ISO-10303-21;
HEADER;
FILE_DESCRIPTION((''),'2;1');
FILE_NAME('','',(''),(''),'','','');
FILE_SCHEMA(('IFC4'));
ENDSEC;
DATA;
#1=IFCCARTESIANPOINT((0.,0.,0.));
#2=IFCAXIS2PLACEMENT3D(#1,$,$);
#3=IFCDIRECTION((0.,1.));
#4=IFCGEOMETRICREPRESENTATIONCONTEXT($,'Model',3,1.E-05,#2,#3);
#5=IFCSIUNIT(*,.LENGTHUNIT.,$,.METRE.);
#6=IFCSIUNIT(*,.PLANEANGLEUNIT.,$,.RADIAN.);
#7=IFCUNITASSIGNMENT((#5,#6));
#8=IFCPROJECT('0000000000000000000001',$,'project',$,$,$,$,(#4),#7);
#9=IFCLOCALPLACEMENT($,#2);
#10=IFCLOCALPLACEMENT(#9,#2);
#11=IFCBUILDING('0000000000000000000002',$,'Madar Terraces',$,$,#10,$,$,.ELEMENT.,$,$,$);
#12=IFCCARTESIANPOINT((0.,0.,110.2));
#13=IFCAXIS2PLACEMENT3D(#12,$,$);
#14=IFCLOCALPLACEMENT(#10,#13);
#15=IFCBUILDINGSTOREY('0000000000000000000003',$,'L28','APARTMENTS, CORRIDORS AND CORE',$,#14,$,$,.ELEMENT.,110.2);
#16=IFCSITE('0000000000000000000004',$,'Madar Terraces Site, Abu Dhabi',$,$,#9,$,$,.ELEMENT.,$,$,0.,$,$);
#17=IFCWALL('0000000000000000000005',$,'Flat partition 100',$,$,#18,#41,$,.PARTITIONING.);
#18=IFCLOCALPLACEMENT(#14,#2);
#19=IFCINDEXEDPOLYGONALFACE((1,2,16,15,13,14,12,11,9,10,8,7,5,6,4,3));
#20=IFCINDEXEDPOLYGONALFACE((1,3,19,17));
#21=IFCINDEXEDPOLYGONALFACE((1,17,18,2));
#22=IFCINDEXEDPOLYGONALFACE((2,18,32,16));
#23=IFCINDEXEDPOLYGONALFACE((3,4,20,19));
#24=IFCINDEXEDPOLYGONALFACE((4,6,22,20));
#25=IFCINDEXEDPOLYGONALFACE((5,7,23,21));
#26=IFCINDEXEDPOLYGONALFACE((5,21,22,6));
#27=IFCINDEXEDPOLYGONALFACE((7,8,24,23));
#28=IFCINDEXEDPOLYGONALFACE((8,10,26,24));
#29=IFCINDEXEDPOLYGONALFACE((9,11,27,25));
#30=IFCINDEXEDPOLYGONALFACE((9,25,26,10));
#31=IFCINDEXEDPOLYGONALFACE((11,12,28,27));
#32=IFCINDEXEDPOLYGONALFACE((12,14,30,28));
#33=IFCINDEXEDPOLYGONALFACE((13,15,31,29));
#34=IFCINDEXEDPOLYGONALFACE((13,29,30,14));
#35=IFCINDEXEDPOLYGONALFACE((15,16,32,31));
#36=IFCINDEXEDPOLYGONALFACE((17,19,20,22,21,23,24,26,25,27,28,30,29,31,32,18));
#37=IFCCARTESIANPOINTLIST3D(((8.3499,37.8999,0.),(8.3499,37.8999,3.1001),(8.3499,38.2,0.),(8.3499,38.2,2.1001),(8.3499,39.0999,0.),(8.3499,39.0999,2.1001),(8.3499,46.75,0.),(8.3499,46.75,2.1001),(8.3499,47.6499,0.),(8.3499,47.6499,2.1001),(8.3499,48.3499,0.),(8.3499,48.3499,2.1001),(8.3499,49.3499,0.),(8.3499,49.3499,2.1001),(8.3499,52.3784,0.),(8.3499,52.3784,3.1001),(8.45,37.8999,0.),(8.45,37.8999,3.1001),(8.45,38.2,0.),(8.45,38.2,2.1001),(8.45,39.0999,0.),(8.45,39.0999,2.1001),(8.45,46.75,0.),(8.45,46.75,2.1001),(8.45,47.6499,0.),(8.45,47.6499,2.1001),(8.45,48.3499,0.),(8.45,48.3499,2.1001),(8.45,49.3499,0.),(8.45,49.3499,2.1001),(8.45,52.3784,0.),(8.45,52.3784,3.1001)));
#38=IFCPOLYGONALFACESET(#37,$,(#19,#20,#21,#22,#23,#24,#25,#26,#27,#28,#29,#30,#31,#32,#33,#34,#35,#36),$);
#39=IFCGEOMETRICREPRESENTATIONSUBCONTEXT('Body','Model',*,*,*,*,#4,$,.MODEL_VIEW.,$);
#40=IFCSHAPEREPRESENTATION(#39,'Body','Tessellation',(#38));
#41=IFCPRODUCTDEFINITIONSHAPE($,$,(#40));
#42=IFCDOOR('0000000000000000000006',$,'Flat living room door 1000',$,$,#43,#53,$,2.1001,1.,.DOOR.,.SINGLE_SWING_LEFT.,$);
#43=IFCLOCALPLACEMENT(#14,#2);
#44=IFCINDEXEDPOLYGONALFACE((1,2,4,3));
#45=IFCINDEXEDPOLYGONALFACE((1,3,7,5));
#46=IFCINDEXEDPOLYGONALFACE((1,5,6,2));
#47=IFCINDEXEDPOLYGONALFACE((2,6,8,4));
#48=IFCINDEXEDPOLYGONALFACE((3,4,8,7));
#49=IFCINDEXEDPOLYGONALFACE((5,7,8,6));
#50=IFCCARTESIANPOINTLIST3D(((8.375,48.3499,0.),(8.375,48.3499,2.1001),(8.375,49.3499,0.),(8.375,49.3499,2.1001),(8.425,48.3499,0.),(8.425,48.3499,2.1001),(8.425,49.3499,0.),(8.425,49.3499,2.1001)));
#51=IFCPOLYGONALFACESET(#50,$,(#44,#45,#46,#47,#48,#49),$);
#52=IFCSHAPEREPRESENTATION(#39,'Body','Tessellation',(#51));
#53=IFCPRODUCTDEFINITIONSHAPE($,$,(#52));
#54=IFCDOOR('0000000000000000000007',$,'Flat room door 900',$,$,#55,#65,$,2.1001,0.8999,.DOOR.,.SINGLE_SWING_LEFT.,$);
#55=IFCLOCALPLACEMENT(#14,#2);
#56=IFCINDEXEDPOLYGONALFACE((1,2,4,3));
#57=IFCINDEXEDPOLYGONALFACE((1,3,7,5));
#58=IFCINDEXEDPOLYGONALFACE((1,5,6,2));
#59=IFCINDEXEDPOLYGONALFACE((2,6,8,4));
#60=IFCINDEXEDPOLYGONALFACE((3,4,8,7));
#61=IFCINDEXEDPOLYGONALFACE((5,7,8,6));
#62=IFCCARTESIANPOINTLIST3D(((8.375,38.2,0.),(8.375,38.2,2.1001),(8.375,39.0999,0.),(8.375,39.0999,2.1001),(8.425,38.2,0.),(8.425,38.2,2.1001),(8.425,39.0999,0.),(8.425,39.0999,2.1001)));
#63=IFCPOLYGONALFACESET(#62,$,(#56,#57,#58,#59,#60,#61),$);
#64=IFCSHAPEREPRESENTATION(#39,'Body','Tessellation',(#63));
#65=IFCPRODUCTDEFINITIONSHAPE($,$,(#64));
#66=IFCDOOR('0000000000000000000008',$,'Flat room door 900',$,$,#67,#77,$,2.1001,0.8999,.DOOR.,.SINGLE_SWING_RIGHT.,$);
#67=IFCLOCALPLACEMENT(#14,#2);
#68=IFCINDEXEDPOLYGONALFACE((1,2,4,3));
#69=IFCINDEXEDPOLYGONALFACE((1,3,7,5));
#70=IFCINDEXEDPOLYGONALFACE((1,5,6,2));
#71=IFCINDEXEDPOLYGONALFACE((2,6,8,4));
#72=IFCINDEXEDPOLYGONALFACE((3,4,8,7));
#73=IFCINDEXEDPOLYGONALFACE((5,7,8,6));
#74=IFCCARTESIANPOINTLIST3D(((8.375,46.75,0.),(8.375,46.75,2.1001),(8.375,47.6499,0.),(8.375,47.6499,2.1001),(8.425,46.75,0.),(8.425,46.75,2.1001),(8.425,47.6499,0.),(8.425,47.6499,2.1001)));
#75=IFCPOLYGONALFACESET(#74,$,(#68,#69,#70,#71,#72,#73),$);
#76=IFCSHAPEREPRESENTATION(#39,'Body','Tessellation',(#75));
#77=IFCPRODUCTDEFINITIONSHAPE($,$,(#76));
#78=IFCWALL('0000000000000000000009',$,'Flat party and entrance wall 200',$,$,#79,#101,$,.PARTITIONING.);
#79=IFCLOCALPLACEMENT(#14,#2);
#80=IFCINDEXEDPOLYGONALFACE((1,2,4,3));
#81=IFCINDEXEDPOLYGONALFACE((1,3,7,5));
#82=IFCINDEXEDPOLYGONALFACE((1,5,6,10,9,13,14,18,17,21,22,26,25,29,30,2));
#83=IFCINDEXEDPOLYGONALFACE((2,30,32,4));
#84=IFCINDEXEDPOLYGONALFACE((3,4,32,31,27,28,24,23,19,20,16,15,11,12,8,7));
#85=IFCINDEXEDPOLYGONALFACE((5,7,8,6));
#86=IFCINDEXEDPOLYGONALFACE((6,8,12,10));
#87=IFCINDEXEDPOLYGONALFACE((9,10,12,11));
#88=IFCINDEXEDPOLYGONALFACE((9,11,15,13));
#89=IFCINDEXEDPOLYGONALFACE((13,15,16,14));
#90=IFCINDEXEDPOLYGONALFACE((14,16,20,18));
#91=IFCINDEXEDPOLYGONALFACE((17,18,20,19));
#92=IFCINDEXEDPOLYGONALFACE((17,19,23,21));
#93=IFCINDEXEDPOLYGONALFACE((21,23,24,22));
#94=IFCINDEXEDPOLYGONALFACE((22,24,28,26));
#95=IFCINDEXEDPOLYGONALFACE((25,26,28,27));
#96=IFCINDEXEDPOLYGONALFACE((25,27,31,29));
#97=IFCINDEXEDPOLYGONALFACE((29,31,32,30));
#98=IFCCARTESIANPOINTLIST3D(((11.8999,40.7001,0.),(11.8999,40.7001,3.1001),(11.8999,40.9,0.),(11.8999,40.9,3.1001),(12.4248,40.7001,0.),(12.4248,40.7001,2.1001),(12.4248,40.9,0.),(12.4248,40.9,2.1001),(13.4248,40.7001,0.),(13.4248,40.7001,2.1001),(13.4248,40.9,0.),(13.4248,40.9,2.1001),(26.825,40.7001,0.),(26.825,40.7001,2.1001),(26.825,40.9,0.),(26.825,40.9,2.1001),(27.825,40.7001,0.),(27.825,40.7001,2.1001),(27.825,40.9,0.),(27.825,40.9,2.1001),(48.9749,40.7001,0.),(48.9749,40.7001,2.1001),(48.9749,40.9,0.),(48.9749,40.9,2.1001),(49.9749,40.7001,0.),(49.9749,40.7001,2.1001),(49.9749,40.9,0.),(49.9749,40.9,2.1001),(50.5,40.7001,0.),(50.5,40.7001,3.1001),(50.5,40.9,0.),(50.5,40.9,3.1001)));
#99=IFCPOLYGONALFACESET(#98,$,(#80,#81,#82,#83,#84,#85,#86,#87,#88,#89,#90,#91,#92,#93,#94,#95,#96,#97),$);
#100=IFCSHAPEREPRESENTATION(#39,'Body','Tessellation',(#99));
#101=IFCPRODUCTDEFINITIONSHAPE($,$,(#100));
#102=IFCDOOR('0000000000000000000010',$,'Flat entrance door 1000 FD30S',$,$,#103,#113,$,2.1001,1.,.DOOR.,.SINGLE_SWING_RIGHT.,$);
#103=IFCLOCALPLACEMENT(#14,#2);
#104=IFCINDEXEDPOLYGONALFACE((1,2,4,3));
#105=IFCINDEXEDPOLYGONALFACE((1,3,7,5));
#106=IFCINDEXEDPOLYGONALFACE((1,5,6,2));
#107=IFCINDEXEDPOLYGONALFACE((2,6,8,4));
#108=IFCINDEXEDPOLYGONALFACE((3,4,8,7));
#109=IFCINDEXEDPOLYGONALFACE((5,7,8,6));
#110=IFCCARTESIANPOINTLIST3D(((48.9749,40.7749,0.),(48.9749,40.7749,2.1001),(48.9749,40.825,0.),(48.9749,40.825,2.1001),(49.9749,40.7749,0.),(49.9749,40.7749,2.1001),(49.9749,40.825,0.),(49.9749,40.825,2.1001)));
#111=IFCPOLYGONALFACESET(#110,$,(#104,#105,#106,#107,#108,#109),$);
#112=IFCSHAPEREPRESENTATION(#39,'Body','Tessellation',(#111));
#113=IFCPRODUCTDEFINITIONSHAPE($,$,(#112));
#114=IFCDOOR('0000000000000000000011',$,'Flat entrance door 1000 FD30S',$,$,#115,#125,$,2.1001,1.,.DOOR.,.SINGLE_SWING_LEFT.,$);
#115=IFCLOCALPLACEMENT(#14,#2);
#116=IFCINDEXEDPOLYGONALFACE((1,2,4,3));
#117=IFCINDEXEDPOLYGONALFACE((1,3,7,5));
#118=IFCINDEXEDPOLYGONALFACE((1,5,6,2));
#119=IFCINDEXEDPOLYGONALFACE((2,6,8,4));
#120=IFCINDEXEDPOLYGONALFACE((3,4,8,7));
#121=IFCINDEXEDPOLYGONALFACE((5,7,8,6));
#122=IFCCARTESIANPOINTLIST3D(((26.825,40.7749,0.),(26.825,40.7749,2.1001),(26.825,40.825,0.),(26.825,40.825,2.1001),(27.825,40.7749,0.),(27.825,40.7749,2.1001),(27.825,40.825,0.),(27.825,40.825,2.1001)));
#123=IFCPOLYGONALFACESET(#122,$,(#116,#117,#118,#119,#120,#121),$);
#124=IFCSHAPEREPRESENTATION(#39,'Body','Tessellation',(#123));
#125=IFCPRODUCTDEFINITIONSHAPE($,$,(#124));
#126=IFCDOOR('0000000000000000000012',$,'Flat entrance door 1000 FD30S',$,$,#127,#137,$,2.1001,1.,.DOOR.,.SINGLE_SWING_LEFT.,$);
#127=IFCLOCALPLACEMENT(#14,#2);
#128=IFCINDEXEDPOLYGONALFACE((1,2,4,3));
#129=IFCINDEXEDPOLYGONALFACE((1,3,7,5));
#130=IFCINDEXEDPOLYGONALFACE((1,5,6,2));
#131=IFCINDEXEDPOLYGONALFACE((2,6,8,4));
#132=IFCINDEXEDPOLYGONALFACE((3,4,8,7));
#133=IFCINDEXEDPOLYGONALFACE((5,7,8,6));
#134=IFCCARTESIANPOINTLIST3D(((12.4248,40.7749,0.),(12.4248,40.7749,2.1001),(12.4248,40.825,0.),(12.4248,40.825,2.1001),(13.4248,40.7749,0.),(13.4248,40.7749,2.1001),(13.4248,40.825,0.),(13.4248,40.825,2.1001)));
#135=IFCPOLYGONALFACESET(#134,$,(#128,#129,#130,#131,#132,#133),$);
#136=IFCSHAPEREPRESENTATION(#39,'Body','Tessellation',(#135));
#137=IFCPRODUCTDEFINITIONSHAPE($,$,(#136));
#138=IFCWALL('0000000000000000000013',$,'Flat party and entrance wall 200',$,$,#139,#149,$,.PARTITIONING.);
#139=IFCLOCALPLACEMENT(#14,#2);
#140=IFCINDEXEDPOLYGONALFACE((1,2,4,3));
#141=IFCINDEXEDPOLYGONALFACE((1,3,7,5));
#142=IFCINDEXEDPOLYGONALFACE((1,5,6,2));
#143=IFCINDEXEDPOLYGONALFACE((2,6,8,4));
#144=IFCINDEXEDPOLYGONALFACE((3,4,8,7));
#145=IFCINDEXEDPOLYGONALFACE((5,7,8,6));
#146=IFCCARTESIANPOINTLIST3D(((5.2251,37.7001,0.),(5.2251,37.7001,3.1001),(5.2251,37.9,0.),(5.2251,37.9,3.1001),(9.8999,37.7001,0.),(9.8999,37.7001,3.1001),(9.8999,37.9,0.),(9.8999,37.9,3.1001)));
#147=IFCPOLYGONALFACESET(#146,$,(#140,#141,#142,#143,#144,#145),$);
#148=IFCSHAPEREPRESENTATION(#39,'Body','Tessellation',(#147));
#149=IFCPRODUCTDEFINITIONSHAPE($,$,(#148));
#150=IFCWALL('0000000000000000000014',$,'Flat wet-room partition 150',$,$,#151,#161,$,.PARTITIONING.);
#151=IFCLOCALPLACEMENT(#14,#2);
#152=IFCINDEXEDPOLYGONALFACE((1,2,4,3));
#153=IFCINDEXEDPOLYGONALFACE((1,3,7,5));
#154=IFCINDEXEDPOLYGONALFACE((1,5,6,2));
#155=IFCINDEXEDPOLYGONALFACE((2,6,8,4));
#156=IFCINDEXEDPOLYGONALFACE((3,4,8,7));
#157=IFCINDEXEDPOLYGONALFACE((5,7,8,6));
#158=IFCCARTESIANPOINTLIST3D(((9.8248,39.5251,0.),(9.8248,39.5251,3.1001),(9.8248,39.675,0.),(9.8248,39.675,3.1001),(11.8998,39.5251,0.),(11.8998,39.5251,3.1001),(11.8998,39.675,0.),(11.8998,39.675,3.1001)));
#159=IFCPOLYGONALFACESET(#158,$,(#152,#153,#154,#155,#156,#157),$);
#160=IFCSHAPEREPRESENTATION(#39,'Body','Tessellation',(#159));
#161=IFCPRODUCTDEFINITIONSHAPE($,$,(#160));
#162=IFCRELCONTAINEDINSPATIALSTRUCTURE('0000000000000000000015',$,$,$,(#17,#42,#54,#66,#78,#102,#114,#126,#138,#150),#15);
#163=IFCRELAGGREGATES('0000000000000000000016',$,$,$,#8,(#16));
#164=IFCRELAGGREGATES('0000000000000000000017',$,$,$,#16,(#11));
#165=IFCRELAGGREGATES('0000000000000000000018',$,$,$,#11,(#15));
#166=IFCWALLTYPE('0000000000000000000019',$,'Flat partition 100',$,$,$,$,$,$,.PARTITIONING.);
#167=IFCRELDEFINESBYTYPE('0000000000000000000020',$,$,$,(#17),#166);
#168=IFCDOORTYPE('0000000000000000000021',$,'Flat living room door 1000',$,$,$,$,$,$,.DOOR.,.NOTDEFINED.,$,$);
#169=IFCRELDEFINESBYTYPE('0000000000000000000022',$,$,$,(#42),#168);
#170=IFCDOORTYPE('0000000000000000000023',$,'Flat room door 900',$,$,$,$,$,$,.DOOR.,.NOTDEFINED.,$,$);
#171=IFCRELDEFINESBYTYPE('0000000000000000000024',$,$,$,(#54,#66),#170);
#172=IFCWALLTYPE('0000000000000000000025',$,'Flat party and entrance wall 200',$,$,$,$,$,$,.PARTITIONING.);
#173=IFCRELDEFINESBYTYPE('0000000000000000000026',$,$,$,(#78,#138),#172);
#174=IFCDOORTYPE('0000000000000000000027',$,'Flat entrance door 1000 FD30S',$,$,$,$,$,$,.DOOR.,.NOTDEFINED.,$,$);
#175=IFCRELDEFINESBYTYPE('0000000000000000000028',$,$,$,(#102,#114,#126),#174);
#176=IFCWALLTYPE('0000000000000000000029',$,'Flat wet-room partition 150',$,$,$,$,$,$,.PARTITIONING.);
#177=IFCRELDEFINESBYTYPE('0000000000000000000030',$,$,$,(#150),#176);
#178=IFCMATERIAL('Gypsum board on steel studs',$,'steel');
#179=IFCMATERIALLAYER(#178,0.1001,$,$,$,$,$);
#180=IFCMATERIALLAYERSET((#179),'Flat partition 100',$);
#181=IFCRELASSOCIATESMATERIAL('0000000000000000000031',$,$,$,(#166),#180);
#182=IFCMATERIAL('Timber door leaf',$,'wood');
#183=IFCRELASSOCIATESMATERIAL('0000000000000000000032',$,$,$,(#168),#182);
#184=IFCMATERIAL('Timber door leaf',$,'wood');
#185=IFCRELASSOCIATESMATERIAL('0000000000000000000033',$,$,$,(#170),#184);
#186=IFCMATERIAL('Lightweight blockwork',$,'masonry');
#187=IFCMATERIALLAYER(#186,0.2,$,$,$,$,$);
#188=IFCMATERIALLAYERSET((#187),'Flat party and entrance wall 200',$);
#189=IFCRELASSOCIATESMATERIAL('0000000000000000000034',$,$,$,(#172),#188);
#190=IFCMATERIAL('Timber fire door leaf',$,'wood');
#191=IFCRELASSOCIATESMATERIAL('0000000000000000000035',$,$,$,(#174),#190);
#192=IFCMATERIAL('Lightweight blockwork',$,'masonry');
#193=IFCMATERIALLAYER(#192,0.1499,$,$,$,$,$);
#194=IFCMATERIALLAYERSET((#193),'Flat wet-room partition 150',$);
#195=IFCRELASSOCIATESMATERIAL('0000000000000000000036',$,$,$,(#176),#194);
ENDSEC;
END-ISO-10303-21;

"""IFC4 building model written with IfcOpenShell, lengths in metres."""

from ifc_helpers import new_model, si_unit, direction, frame, frame_2d, origin, place, context, subcontext, project, spatial, rectangle, extrude, material, layer, layer_set, type_object, element, fill, save


model = new_model("IFC4")

# Units and contexts
model_context = context("Model", 3, precision=1e-05, world=origin(), true_north=direction((0.0, 1.0)))
body_context = subcontext(model_context, "Body", "Model", "MODEL_VIEW")
ifc_project = project(units=[si_unit("LENGTHUNIT", "METRE"), si_unit("PLANEANGLEUNIT", "RADIAN")], contexts=[model_context])

# Site, building, storey
site_placement = place(None, origin())
site = spatial("IfcSite", under=ifc_project, at=site_placement, Name="Madar Terraces Site, Abu Dhabi", CompositionType="ELEMENT", RefElevation=0.0)
building_placement = place(site_placement, origin())
building = spatial("IfcBuilding", under=site, at=building_placement, Name="Madar Terraces", CompositionType="ELEMENT")
storey_placement = place(building_placement, frame((0.0, 0.0, 110.2)))
storey = spatial("IfcBuildingStorey", under=building, at=storey_placement, Name="L28", Description="APARTMENTS, CORRIDORS AND CORE", CompositionType="ELEMENT", Elevation=110.2)

# Walls, openings, doors
ifc_material_1 = material(Name="Gypsum board on steel studs", Category="steel")
ifc_layer_1 = layer(ifc_material_1, 0.1001)
ifc_layer_set_1 = layer_set([ifc_layer_1], Name="Flat partition 100")
wall_type_1 = type_object("IfcWallType", Name="Flat partition 100", PredefinedType="PARTITIONING", material=ifc_layer_set_1)
wall_1_placement = place(storey_placement, frame((8.3999, 37.8999, 0.0), z_axis=(0.0, 0.0, 1.0), x_axis=(0.0, 1.0, 0.0)))
wall_1 = element("IfcWall", 1, at=wall_1_placement, inside=storey, type_object=wall_type_1, Name="Flat partition 100", PredefinedType="PARTITIONING", context=body_context, shape_type="SweptSolid", body=[
    extrude(rectangle(XDim=14.4785, YDim=0.1001, at=frame_2d((7.2393, 0.0))), origin(), (0.0, 0.0, 1.0), 3.1001),
])
opening_1_placement = place(wall_1_placement, frame((0.3, 0.0, 0.0)))
opening_1 = element("IfcOpeningElement", 2, at=opening_1_placement, cuts=wall_1, PredefinedType="OPENING", context=body_context, shape_type="SweptSolid", body=[
    extrude(rectangle(XDim=0.8999, YDim=2.1001, at=frame_2d((0.45, 1.05))), frame((0.0, 0.0601, 0.0), z_axis=(0.0, -1.0, 0.0), x_axis=(1.0, 0.0, 0.0)), (0.0, 0.0, 1.0), 0.1201),
])
opening_2_placement = place(wall_1_placement, frame((8.8501, 0.0, 0.0)))
opening_2 = element("IfcOpeningElement", 3, at=opening_2_placement, cuts=wall_1, PredefinedType="OPENING", context=body_context, shape_type="SweptSolid", body=[
    extrude(rectangle(XDim=0.8999, YDim=2.1001, at=frame_2d((0.45, 1.05))), frame((0.0, 0.0601, 0.0), z_axis=(0.0, -1.0, 0.0), x_axis=(1.0, 0.0, 0.0)), (0.0, 0.0, 1.0), 0.1201),
])
opening_3_placement = place(wall_1_placement, frame((10.45, 0.0, 0.0)))
opening_3 = element("IfcOpeningElement", 4, at=opening_3_placement, cuts=wall_1, PredefinedType="OPENING", context=body_context, shape_type="SweptSolid", body=[
    extrude(rectangle(XDim=1.0, YDim=2.1001, at=frame_2d((0.5, 1.05))), frame((0.0, 0.0601, 0.0), z_axis=(0.0, -1.0, 0.0), x_axis=(1.0, 0.0, 0.0)), (0.0, 0.0, 1.0), 0.1201),
])
ifc_material_2 = material(Name="Timber door leaf", Category="wood")
door_type_1 = type_object("IfcDoorType", Name="Flat living room door 1000", OperationType="NOTDEFINED", PredefinedType="DOOR", material=ifc_material_2)
door_1_placement = place(opening_3_placement, origin())
door_1 = element("IfcDoor", 5, at=door_1_placement, inside=storey, type_object=door_type_1, Name="Flat living room door 1000", OperationType="SINGLE_SWING_LEFT", OverallHeight=2.1001, OverallWidth=1.0, PredefinedType="DOOR", context=body_context, shape_type="SweptSolid", body=[
    extrude(rectangle(XDim=1.0, YDim=2.1001, at=frame_2d((0.5, 1.05))), frame((0.0, 0.0249, 0.0), z_axis=(0.0, -1.0, 0.0), x_axis=(1.0, 0.0, 0.0)), (0.0, 0.0, 1.0), 0.05),
])
fill(opening_3, door_1)
ifc_material_3 = material(Name="Timber door leaf", Category="wood")
door_type_2 = type_object("IfcDoorType", Name="Flat room door 900", OperationType="NOTDEFINED", PredefinedType="DOOR", material=ifc_material_3)
door_2_placement = place(opening_1_placement, origin())
door_2 = element("IfcDoor", 6, at=door_2_placement, inside=storey, type_object=door_type_2, Name="Flat room door 900", OperationType="SINGLE_SWING_LEFT", OverallHeight=2.1001, OverallWidth=0.8999, PredefinedType="DOOR", context=body_context, shape_type="SweptSolid", body=[
    extrude(rectangle(XDim=0.8999, YDim=2.1001, at=frame_2d((0.45, 1.05))), frame((0.0, 0.0249, 0.0), z_axis=(0.0, -1.0, 0.0), x_axis=(1.0, 0.0, 0.0)), (0.0, 0.0, 1.0), 0.05),
])
fill(opening_1, door_2)
door_3_placement = place(opening_2_placement, origin())
door_3 = element("IfcDoor", 7, at=door_3_placement, inside=storey, type_object=door_type_2, Name="Flat room door 900", OperationType="SINGLE_SWING_RIGHT", OverallHeight=2.1001, OverallWidth=0.8999, PredefinedType="DOOR", context=body_context, shape_type="SweptSolid", body=[
    extrude(rectangle(XDim=0.8999, YDim=2.1001, at=frame_2d((0.45, 1.05))), frame((0.0, 0.0249, 0.0), z_axis=(0.0, -1.0, 0.0), x_axis=(1.0, 0.0, 0.0)), (0.0, 0.0, 1.0), 0.05),
])
fill(opening_2, door_3)
ifc_material_4 = material(Name="Lightweight blockwork", Category="masonry")
ifc_layer_2 = layer(ifc_material_4, 0.2)
ifc_layer_set_2 = layer_set([ifc_layer_2], Name="Flat party and entrance wall 200")
wall_type_2 = type_object("IfcWallType", Name="Flat party and entrance wall 200", PredefinedType="PARTITIONING", material=ifc_layer_set_2)
wall_2_placement = place(storey_placement, frame((11.8999, 40.8, 0.0), z_axis=(0.0, 0.0, 1.0), x_axis=(1.0, 0.0, 0.0)))
wall_2 = element("IfcWall", 8, at=wall_2_placement, inside=storey, type_object=wall_type_2, Name="Flat party and entrance wall 200", PredefinedType="PARTITIONING", context=body_context, shape_type="SweptSolid", body=[
    extrude(rectangle(XDim=38.6001, YDim=0.2, at=frame_2d((19.3, 0.0))), origin(), (0.0, 0.0, 1.0), 3.1001),
])
opening_4_placement = place(wall_2_placement, frame((37.075, 0.0, 0.0)))
opening_4 = element("IfcOpeningElement", 9, at=opening_4_placement, cuts=wall_2, PredefinedType="OPENING", context=body_context, shape_type="SweptSolid", body=[
    extrude(rectangle(XDim=1.0, YDim=2.1001, at=frame_2d((0.5, 1.05))), frame((0.0, 0.1099, 0.0), z_axis=(0.0, -1.0, 0.0), x_axis=(1.0, 0.0, 0.0)), (0.0, 0.0, 1.0), 0.22),
])
opening_5_placement = place(wall_2_placement, frame((14.925, 0.0, 0.0)))
opening_5 = element("IfcOpeningElement", 10, at=opening_5_placement, cuts=wall_2, PredefinedType="OPENING", context=body_context, shape_type="SweptSolid", body=[
    extrude(rectangle(XDim=1.0, YDim=2.1001, at=frame_2d((0.5, 1.05))), frame((0.0, 0.1099, 0.0), z_axis=(0.0, -1.0, 0.0), x_axis=(1.0, 0.0, 0.0)), (0.0, 0.0, 1.0), 0.22),
])
opening_6_placement = place(wall_2_placement, frame((0.5249, 0.0, 0.0)))
opening_6 = element("IfcOpeningElement", 11, at=opening_6_placement, cuts=wall_2, PredefinedType="OPENING", context=body_context, shape_type="SweptSolid", body=[
    extrude(rectangle(XDim=1.0, YDim=2.1001, at=frame_2d((0.5, 1.05))), frame((0.0, 0.1099, 0.0), z_axis=(0.0, -1.0, 0.0), x_axis=(1.0, 0.0, 0.0)), (0.0, 0.0, 1.0), 0.22),
])
ifc_material_5 = material(Name="Timber fire door leaf", Category="wood")
door_type_3 = type_object("IfcDoorType", Name="Flat entrance door 1000 FD30S", OperationType="NOTDEFINED", PredefinedType="DOOR", material=ifc_material_5)
door_4_placement = place(opening_4_placement, origin())
door_4 = element("IfcDoor", 12, at=door_4_placement, inside=storey, type_object=door_type_3, Name="Flat entrance door 1000 FD30S", OperationType="SINGLE_SWING_RIGHT", OverallHeight=2.1001, OverallWidth=1.0, PredefinedType="DOOR", context=body_context, shape_type="SweptSolid", body=[
    extrude(rectangle(XDim=1.0, YDim=2.1001, at=frame_2d((0.5, 1.05))), frame((0.0, 0.0249, 0.0), z_axis=(0.0, -1.0, 0.0), x_axis=(1.0, 0.0, 0.0)), (0.0, 0.0, 1.0), 0.05),
])
fill(opening_4, door_4)
door_5_placement = place(opening_5_placement, origin())
door_5 = element("IfcDoor", 13, at=door_5_placement, inside=storey, type_object=door_type_3, Name="Flat entrance door 1000 FD30S", OperationType="SINGLE_SWING_LEFT", OverallHeight=2.1001, OverallWidth=1.0, PredefinedType="DOOR", context=body_context, shape_type="SweptSolid", body=[
    extrude(rectangle(XDim=1.0, YDim=2.1001, at=frame_2d((0.5, 1.05))), frame((0.0, 0.0249, 0.0), z_axis=(0.0, -1.0, 0.0), x_axis=(1.0, 0.0, 0.0)), (0.0, 0.0, 1.0), 0.05),
])
fill(opening_5, door_5)
door_6_placement = place(opening_6_placement, origin())
door_6 = element("IfcDoor", 14, at=door_6_placement, inside=storey, type_object=door_type_3, Name="Flat entrance door 1000 FD30S", OperationType="SINGLE_SWING_LEFT", OverallHeight=2.1001, OverallWidth=1.0, PredefinedType="DOOR", context=body_context, shape_type="SweptSolid", body=[
    extrude(rectangle(XDim=1.0, YDim=2.1001, at=frame_2d((0.5, 1.05))), frame((0.0, 0.0249, 0.0), z_axis=(0.0, -1.0, 0.0), x_axis=(1.0, 0.0, 0.0)), (0.0, 0.0, 1.0), 0.05),
])
fill(opening_6, door_6)

# Walls
wall_3_placement = place(storey_placement, frame((5.2251, 37.8, 0.0), z_axis=(0.0, 0.0, 1.0), x_axis=(1.0, 0.0, 0.0)))
element("IfcWall", 15, at=wall_3_placement, inside=storey, type_object=wall_type_2, Name="Flat party and entrance wall 200", PredefinedType="PARTITIONING", context=body_context, shape_type="SweptSolid", body=[
    extrude(rectangle(XDim=4.6748, YDim=0.2, at=frame_2d((2.3374, 0.0))), origin(), (0.0, 0.0, 1.0), 3.1001),
])
ifc_material_6 = material(Name="Lightweight blockwork", Category="masonry")
ifc_layer_3 = layer(ifc_material_6, 0.1499)
ifc_layer_set_3 = layer_set([ifc_layer_3], Name="Flat wet-room partition 150")
wall_type_3 = type_object("IfcWallType", Name="Flat wet-room partition 150", PredefinedType="PARTITIONING", material=ifc_layer_set_3)
wall_4_placement = place(storey_placement, frame((11.8999, 39.6001, 0.0), z_axis=(0.0, 0.0, 1.0), x_axis=(-1.0, 0.0, 0.0)))
element("IfcWall", 16, at=wall_4_placement, inside=storey, type_object=wall_type_3, Name="Flat wet-room partition 150", PredefinedType="PARTITIONING", context=body_context, shape_type="SweptSolid", body=[
    extrude(rectangle(XDim=2.075, YDim=0.1499, at=frame_2d((1.0376, 0.0))), origin(), (0.0, 0.0, 1.0), 3.1001),
])

save(model, "model.ifc")
